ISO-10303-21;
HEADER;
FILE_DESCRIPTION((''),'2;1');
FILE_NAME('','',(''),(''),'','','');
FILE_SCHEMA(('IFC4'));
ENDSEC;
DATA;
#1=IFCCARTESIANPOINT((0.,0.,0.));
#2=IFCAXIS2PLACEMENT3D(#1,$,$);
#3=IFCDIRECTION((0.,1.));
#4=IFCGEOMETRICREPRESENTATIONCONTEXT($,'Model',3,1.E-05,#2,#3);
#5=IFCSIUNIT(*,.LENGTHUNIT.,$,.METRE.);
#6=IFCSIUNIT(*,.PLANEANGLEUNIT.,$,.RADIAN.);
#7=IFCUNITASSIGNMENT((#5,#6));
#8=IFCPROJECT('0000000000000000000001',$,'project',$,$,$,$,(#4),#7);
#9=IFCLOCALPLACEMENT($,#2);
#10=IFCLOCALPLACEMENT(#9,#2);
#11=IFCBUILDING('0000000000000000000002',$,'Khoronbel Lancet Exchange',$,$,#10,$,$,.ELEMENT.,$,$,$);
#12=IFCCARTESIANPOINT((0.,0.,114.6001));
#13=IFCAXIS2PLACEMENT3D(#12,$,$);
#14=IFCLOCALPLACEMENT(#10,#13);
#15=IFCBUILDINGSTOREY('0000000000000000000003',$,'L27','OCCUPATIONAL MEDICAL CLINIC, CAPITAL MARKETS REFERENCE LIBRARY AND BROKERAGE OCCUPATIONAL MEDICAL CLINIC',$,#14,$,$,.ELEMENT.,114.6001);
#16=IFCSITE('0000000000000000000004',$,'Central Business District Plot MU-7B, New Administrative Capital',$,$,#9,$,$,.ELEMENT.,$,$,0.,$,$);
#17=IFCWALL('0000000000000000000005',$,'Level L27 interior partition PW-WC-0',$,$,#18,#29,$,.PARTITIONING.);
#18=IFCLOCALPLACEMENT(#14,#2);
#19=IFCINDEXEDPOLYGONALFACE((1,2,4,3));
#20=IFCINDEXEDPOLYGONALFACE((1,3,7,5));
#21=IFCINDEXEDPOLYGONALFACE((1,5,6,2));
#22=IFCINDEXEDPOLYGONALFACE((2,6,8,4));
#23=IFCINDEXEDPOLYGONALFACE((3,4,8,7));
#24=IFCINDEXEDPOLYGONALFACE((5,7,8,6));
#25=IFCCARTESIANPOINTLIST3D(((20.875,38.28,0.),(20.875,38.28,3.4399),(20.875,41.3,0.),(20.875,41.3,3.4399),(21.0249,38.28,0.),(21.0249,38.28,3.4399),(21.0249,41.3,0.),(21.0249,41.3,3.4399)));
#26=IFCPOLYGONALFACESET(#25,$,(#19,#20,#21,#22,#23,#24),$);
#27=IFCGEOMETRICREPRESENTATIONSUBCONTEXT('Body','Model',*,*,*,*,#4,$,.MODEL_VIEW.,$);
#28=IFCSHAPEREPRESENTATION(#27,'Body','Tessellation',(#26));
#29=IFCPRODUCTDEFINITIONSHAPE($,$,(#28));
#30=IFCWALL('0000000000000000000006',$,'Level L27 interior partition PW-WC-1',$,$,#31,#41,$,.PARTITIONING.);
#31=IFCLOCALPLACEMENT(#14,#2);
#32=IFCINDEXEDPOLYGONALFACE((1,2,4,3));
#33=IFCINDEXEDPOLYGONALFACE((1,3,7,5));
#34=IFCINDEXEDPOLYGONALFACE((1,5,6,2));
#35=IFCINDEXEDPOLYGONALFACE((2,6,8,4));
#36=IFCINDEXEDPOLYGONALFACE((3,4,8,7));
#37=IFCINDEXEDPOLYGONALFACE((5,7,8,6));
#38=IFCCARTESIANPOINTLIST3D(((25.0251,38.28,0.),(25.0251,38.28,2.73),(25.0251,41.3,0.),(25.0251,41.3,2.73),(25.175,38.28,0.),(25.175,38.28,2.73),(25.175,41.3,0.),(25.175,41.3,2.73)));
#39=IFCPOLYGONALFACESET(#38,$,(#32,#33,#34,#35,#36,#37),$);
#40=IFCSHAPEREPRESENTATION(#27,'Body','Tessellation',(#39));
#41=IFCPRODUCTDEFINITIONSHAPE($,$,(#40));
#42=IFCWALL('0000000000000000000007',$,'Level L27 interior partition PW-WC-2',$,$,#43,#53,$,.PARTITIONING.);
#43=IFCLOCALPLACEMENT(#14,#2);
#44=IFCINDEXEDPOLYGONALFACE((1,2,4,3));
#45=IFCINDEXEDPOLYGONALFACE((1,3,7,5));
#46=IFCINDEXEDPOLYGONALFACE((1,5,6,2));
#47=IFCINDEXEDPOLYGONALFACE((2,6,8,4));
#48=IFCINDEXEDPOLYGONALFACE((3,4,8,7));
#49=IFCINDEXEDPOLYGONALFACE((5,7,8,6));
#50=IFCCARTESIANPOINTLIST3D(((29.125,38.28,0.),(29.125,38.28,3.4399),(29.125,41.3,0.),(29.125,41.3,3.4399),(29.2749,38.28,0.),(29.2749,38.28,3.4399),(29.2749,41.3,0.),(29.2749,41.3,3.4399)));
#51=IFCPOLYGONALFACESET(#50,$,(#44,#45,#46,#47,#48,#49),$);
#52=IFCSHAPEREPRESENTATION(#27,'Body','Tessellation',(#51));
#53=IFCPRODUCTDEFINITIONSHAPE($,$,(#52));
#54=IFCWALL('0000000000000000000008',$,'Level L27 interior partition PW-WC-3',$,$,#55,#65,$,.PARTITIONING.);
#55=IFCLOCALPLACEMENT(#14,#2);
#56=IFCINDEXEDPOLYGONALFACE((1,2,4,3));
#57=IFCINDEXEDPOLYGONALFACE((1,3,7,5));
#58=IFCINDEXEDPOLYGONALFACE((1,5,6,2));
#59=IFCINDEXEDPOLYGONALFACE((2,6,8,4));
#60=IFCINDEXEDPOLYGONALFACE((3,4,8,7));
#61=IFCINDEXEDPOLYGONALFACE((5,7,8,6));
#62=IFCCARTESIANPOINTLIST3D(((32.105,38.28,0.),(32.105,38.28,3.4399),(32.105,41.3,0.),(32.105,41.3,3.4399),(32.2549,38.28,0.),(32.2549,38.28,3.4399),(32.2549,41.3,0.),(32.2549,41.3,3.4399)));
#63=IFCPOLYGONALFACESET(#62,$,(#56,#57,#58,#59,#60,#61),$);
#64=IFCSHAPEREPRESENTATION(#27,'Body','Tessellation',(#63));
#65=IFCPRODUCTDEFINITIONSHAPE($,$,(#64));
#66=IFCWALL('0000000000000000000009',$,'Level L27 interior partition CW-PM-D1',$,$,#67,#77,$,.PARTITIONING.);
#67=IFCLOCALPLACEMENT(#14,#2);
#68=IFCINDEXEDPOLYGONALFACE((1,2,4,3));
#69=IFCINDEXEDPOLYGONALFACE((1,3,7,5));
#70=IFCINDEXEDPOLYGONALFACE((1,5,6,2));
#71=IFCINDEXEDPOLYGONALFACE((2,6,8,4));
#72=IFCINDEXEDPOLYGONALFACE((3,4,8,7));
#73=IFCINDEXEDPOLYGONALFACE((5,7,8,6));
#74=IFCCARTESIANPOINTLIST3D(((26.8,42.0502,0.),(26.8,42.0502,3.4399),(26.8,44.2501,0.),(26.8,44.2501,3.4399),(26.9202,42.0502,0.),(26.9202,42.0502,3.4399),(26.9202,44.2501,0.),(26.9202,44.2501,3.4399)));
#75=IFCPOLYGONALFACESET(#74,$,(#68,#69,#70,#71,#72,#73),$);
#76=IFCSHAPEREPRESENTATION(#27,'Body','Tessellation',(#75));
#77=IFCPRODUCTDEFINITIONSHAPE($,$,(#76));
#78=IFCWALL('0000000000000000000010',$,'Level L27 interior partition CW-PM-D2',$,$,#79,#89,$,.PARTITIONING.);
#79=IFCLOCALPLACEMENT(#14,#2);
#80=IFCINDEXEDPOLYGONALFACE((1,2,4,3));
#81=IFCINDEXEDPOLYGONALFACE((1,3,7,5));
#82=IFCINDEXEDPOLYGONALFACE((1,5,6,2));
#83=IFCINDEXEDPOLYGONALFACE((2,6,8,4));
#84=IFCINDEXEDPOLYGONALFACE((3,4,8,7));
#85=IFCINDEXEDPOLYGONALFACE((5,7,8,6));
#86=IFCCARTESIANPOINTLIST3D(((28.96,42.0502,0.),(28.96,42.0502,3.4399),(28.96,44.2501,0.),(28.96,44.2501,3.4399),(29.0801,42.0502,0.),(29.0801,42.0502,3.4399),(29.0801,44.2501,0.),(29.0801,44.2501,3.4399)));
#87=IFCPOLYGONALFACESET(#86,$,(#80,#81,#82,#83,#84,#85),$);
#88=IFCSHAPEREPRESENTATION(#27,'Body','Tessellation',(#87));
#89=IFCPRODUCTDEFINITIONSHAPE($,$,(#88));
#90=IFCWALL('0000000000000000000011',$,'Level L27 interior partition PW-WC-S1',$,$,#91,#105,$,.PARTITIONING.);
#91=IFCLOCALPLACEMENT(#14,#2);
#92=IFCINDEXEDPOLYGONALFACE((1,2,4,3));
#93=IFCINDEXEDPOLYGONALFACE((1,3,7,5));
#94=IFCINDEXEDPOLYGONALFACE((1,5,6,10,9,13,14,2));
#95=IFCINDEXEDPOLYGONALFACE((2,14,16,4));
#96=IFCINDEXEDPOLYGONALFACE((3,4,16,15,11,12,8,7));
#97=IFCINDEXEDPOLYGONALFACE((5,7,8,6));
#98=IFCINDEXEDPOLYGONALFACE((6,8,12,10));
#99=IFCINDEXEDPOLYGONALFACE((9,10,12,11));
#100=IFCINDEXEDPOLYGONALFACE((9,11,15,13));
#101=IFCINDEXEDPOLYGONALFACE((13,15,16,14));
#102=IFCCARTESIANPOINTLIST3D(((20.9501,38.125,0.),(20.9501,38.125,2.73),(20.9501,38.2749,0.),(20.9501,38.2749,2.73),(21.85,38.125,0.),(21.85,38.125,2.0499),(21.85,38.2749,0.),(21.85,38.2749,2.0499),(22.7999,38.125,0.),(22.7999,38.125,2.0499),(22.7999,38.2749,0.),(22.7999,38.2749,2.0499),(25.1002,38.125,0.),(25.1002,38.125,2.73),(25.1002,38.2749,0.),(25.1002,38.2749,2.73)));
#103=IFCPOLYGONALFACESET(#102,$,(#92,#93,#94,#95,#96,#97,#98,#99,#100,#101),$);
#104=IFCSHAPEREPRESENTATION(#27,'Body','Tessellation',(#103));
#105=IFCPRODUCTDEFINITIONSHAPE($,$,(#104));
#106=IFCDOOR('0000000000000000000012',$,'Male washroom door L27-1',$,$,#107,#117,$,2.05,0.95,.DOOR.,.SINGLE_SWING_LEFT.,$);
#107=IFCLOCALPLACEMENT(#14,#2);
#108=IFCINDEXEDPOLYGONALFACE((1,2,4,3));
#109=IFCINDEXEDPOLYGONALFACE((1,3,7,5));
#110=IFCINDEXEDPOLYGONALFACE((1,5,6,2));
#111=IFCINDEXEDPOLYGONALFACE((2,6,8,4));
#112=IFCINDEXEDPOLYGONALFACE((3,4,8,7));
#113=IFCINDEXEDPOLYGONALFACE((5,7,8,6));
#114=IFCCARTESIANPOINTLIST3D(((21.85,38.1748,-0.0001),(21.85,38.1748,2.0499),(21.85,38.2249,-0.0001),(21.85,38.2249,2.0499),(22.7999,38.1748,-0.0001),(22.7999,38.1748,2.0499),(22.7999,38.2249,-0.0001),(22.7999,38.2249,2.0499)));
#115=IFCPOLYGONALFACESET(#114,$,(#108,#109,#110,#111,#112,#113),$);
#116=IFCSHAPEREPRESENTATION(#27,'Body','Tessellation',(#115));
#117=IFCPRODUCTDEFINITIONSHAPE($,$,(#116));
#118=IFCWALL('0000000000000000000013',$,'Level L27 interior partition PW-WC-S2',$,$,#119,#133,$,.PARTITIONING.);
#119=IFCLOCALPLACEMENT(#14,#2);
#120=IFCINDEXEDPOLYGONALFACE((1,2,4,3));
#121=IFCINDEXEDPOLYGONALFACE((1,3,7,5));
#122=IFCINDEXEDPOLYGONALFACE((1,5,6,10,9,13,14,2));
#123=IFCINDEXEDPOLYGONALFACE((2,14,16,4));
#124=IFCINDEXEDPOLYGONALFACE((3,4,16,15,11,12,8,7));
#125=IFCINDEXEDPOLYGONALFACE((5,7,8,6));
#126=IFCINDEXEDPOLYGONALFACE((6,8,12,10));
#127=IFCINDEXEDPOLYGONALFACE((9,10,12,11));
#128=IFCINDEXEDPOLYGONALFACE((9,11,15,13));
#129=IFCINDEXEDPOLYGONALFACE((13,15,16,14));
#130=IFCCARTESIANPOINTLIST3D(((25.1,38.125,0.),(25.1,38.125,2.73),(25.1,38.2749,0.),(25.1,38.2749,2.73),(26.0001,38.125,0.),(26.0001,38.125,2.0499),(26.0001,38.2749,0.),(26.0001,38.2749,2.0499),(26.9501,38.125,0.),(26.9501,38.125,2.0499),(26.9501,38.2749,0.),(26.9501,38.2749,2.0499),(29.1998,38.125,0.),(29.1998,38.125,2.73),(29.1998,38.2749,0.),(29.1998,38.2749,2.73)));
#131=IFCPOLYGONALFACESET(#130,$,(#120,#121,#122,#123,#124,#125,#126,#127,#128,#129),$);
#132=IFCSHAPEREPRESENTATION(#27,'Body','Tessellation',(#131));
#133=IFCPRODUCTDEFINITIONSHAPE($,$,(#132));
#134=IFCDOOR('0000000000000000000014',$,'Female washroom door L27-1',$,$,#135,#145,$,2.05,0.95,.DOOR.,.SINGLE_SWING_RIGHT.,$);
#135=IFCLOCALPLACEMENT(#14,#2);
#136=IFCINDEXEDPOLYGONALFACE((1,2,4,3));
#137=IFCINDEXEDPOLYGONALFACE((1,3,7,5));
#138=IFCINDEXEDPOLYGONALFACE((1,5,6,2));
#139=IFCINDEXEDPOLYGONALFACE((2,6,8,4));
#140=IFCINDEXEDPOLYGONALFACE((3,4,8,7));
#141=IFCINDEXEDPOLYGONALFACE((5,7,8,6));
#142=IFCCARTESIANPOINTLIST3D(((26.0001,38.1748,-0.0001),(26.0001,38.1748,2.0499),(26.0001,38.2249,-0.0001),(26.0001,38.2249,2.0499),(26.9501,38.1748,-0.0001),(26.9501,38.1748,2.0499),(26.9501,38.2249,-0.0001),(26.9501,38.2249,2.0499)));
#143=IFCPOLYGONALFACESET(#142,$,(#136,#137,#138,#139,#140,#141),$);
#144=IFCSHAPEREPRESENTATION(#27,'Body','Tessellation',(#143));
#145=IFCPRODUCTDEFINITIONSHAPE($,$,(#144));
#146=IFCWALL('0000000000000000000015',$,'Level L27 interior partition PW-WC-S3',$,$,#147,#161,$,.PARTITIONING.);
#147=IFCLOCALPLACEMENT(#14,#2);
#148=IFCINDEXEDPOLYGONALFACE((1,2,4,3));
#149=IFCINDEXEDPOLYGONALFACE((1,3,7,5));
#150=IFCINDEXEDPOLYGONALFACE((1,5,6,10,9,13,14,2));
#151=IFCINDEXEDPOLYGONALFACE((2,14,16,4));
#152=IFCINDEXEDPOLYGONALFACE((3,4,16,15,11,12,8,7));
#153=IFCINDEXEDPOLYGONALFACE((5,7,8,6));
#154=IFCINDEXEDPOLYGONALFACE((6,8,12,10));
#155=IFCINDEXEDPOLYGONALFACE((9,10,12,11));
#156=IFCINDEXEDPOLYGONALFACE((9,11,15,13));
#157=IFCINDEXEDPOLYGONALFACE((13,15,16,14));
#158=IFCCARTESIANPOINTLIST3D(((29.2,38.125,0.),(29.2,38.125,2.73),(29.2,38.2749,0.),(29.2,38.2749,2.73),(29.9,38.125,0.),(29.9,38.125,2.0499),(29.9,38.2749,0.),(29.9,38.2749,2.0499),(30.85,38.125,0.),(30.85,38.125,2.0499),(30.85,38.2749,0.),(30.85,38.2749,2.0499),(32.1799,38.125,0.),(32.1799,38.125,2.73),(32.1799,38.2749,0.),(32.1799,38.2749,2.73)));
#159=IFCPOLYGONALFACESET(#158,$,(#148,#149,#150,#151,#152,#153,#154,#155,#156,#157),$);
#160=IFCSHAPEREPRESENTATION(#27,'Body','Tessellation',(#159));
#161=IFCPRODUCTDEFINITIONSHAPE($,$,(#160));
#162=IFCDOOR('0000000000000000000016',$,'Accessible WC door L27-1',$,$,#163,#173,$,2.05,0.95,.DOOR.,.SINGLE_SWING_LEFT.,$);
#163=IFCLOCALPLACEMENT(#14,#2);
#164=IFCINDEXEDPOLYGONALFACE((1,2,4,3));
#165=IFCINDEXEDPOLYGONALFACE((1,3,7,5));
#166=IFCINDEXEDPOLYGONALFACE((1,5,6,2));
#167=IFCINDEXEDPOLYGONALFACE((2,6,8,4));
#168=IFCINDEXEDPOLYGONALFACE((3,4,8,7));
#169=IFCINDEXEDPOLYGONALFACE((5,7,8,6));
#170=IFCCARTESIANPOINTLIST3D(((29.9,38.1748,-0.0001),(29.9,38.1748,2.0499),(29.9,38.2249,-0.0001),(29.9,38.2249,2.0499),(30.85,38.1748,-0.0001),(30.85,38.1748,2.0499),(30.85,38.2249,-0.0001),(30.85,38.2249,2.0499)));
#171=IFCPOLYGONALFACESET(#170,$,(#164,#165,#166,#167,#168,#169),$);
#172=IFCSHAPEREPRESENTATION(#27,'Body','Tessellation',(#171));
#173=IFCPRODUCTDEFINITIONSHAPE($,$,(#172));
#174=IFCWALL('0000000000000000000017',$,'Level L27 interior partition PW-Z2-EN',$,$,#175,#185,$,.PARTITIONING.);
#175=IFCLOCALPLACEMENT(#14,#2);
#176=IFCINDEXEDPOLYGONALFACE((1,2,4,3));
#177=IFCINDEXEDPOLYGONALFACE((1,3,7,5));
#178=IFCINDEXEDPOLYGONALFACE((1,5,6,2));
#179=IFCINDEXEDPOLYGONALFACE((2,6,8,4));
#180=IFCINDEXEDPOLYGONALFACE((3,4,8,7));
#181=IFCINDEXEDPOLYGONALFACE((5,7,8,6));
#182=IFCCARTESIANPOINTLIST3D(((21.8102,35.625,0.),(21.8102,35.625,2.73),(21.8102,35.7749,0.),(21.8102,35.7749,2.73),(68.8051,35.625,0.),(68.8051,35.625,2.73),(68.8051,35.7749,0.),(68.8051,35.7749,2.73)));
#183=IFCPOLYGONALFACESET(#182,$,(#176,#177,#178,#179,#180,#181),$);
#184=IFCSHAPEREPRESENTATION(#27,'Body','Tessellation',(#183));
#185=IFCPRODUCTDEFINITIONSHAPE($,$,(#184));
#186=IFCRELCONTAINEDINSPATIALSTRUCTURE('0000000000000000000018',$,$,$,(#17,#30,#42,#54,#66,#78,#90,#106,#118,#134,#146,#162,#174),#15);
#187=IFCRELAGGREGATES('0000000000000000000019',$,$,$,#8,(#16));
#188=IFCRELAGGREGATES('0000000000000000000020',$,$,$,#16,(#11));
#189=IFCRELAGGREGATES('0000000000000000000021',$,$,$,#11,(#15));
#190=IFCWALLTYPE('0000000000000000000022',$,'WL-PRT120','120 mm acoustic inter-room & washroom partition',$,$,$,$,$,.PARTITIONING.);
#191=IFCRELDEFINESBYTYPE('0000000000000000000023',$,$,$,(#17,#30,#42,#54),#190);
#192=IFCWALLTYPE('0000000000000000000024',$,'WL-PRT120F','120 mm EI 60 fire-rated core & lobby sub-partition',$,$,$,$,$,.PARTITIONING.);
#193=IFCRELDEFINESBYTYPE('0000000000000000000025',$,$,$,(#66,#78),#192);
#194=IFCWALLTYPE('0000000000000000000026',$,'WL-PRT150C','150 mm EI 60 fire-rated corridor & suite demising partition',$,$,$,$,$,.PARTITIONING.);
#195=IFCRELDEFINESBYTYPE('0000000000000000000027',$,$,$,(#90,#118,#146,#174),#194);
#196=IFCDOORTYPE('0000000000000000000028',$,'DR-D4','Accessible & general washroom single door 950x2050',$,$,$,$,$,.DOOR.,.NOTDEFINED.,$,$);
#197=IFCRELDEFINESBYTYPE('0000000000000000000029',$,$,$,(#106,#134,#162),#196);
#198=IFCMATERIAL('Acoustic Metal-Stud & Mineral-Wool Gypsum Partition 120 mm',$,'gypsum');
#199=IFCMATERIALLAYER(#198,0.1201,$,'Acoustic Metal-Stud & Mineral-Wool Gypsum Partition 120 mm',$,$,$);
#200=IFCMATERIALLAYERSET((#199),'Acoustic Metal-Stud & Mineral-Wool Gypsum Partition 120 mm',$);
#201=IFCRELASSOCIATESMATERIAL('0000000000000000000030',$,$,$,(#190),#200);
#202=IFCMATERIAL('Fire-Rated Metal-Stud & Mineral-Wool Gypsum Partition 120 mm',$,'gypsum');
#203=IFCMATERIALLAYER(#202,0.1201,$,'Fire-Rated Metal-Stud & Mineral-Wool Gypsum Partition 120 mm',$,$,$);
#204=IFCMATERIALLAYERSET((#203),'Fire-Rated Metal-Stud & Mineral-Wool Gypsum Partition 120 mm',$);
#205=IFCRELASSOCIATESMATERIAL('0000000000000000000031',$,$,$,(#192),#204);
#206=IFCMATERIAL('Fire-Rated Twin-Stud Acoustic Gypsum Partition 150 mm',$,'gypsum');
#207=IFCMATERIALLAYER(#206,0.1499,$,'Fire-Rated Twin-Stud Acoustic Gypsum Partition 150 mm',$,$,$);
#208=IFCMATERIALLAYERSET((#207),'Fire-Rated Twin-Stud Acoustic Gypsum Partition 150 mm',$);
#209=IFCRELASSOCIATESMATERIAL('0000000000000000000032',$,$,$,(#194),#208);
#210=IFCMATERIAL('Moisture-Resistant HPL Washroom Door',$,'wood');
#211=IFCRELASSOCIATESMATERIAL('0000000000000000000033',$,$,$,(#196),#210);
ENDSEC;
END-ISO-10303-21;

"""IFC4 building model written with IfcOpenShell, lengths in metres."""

from ifc_helpers import new_model, si_unit, direction, frame, frame_2d, origin, place, context, subcontext, project, spatial, rectangle, extrude, material, layer, layer_set, type_object, element, fill, save


model = new_model("IFC4")

# Units and contexts
model_context = context("Model", 3, precision=1e-05, world=origin(), true_north=direction((0.0, 1.0)))
body_context = subcontext(model_context, "Body", "Model", "MODEL_VIEW")
ifc_project = project(units=[si_unit("LENGTHUNIT", "METRE"), si_unit("PLANEANGLEUNIT", "RADIAN")], contexts=[model_context])

# Site, building, storey
site_placement = place(None, origin())
site = spatial("IfcSite", under=ifc_project, at=site_placement, Name="Central Business District Plot MU-7B, New Administrative Capital", CompositionType="ELEMENT", RefElevation=0.0)
building_placement = place(site_placement, origin())
building = spatial("IfcBuilding", under=site, at=building_placement, Name="Khoronbel Lancet Exchange", CompositionType="ELEMENT")
storey_placement = place(building_placement, frame((0.0, 0.0, 114.6001)))
storey = spatial("IfcBuildingStorey", under=building, at=storey_placement, Name="L27", Description="OCCUPATIONAL MEDICAL CLINIC, CAPITAL MARKETS REFERENCE LIBRARY AND BROKERAGE OCCUPATIONAL MEDICAL CLINIC", CompositionType="ELEMENT", Elevation=114.6001)

# Walls
ifc_material_1 = material(Name="Acoustic Metal-Stud & Mineral-Wool Gypsum Partition 120 mm", Category="gypsum")
ifc_layer_1 = layer(ifc_material_1, 0.1201, Name="Acoustic Metal-Stud & Mineral-Wool Gypsum Partition 120 mm")
ifc_layer_set_1 = layer_set([ifc_layer_1], Name="Acoustic Metal-Stud & Mineral-Wool Gypsum Partition 120 mm")
wall_type_1 = type_object("IfcWallType", Name="WL-PRT120", Description="120 mm acoustic inter-room & washroom partition", PredefinedType="PARTITIONING", material=ifc_layer_set_1)
wall_1_placement = place(storey_placement, frame((20.95, 38.28, 0.0), z_axis=(0.0, 0.0, 1.0), x_axis=(0.0, 1.0, 0.0)))
element("IfcWall", 1, at=wall_1_placement, inside=storey, type_object=wall_type_1, Name="Level L27 interior partition PW-WC-0", PredefinedType="PARTITIONING", context=body_context, shape_type="SweptSolid", body=[
    extrude(rectangle(XDim=3.02, YDim=0.1499, at=frame_2d((1.51, 0.0))), origin(), (0.0, 0.0, 1.0), 3.4399),
])
wall_2_placement = place(storey_placement, frame((25.1001, 38.28, 0.0), z_axis=(0.0, 0.0, 1.0), x_axis=(0.0, 1.0, 0.0)))
element("IfcWall", 2, at=wall_2_placement, inside=storey, type_object=wall_type_1, Name="Level L27 interior partition PW-WC-1", PredefinedType="PARTITIONING", context=body_context, shape_type="SweptSolid", body=[
    extrude(rectangle(XDim=3.02, YDim=0.1499, at=frame_2d((1.51, 0.0))), origin(), (0.0, 0.0, 1.0), 2.73),
])
for number, where, z_axis, x_axis, name in (
    (3, (29.2, 38.28, 0.0), (0.0, 0.0, 1.0), (0.0, 1.0, 0.0), "Level L27 interior partition PW-WC-2"),
    (4, (32.1799, 38.28, 0.0), (0.0, 0.0, 1.0), (0.0, 1.0, 0.0), "Level L27 interior partition PW-WC-3"),
):
    element("IfcWall", number, at=place(storey_placement, frame(where, z_axis=z_axis, x_axis=x_axis)), inside=storey, type_object=wall_type_1, Name=name, PredefinedType="PARTITIONING", context=body_context, shape_type="SweptSolid", body=[
        extrude(rectangle(XDim=3.02, YDim=0.1499, at=frame_2d((1.51, 0.0))), origin(), (0.0, 0.0, 1.0), 3.4399),
    ])
ifc_material_2 = material(Name="Fire-Rated Metal-Stud & Mineral-Wool Gypsum Partition 120 mm", Category="gypsum")
ifc_layer_2 = layer(ifc_material_2, 0.1201, Name="Fire-Rated Metal-Stud & Mineral-Wool Gypsum Partition 120 mm")
ifc_layer_set_2 = layer_set([ifc_layer_2], Name="Fire-Rated Metal-Stud & Mineral-Wool Gypsum Partition 120 mm")
wall_type_2 = type_object("IfcWallType", Name="WL-PRT120F", Description="120 mm EI 60 fire-rated core & lobby sub-partition", PredefinedType="PARTITIONING", material=ifc_layer_set_2)
for number, where, z_axis, x_axis, name in (
    (5, (26.8601, 42.05, 0.0), (0.0, 0.0, 1.0), (0.0, 1.0, 0.0), "Level L27 interior partition CW-PM-D1"),
    (6, (29.02, 42.05, 0.0), (0.0, 0.0, 1.0), (0.0, 1.0, 0.0), "Level L27 interior partition CW-PM-D2"),
):
    element("IfcWall", number, at=place(storey_placement, frame(where, z_axis=z_axis, x_axis=x_axis)), inside=storey, type_object=wall_type_2, Name=name, PredefinedType="PARTITIONING", context=body_context, shape_type="SweptSolid", body=[
        extrude(rectangle(XDim=2.2, YDim=0.1201, at=frame_2d((1.1001, 0.0))), origin(), (0.0, 0.0, 1.0), 3.4399),
    ])

# Walls, openings, doors
ifc_material_3 = material(Name="Fire-Rated Twin-Stud Acoustic Gypsum Partition 150 mm", Category="gypsum")
ifc_layer_3 = layer(ifc_material_3, 0.1499, Name="Fire-Rated Twin-Stud Acoustic Gypsum Partition 150 mm")
ifc_layer_set_3 = layer_set([ifc_layer_3], Name="Fire-Rated Twin-Stud Acoustic Gypsum Partition 150 mm")
wall_type_3 = type_object("IfcWallType", Name="WL-PRT150C", Description="150 mm EI 60 fire-rated corridor & suite demising partition", PredefinedType="PARTITIONING", material=ifc_layer_set_3)
wall_3_placement = place(storey_placement, frame((20.95, 38.2, 0.0), z_axis=(0.0, 0.0, 1.0), x_axis=(1.0, 0.0, 0.0)))
wall_3 = element("IfcWall", 7, at=wall_3_placement, inside=storey, type_object=wall_type_3, Name="Level L27 interior partition PW-WC-S1", PredefinedType="PARTITIONING", context=body_context, shape_type="SweptSolid", body=[
    extrude(rectangle(XDim=4.1501, YDim=0.1499, at=frame_2d((2.0752, 0.0))), origin(), (0.0, 0.0, 1.0), 2.73),
])
opening_1_placement = place(wall_3_placement, frame((0.8999, 0.0, 0.0)))
opening_1 = element("IfcOpeningElement", 8, at=opening_1_placement, cuts=wall_3, PredefinedType="OPENING", context=body_context, shape_type="SweptSolid", body=[
    extrude(rectangle(XDim=0.95, YDim=2.05, at=frame_2d((0.4751, 1.0249))), frame((0.0, 0.085, 0.0), z_axis=(0.0, -1.0, 0.0), x_axis=(1.0, 0.0, 0.0)), (0.0, 0.0, 1.0), 0.1699),
])
ifc_material_4 = material(Name="Moisture-Resistant HPL Washroom Door", Category="wood")
door_type_1 = type_object("IfcDoorType", Name="DR-D4", Description="Accessible & general washroom single door 950x2050", OperationType="NOTDEFINED", PredefinedType="DOOR", material=ifc_material_4)
door_1_placement = place(opening_1_placement, origin())
door_1 = element("IfcDoor", 9, at=door_1_placement, inside=storey, type_object=door_type_1, Name="Male washroom door L27-1", OperationType="SINGLE_SWING_LEFT", OverallHeight=2.05, OverallWidth=0.95, PredefinedType="DOOR", context=body_context, shape_type="SweptSolid", body=[
    extrude(rectangle(XDim=0.95, YDim=2.05, at=frame_2d((0.4751, 1.0249))), frame((0.0, 0.0249, 0.0), z_axis=(0.0, -1.0, 0.0), x_axis=(1.0, 0.0, 0.0)), (0.0, 0.0, 1.0), 0.05),
])
fill(opening_1, door_1)
wall_4_placement = place(storey_placement, frame((25.1001, 38.2, 0.0), z_axis=(0.0, 0.0, 1.0), x_axis=(1.0, 0.0, 0.0)))
wall_4 = element("IfcWall", 10, at=wall_4_placement, inside=storey, type_object=wall_type_3, Name="Level L27 interior partition PW-WC-S2", PredefinedType="PARTITIONING", context=body_context, shape_type="SweptSolid", body=[
    extrude(rectangle(XDim=4.0999, YDim=0.1499, at=frame_2d((2.0498, 0.0))), origin(), (0.0, 0.0, 1.0), 2.73),
])
opening_2_placement = place(wall_4_placement, frame((0.8999, 0.0, 0.0)))
opening_2 = element("IfcOpeningElement", 11, at=opening_2_placement, cuts=wall_4, PredefinedType="OPENING", context=body_context, shape_type="SweptSolid", body=[
    extrude(rectangle(XDim=0.95, YDim=2.05, at=frame_2d((0.4751, 1.0249))), frame((0.0, 0.085, 0.0), z_axis=(0.0, -1.0, 0.0), x_axis=(1.0, 0.0, 0.0)), (0.0, 0.0, 1.0), 0.1699),
])
door_2_placement = place(opening_2_placement, origin())
door_2 = element("IfcDoor", 12, at=door_2_placement, inside=storey, type_object=door_type_1, Name="Female washroom door L27-1", OperationType="SINGLE_SWING_RIGHT", OverallHeight=2.05, OverallWidth=0.95, PredefinedType="DOOR", context=body_context, shape_type="SweptSolid", body=[
    extrude(rectangle(XDim=0.95, YDim=2.05, at=frame_2d((0.4751, 1.0249))), frame((0.0, 0.0249, 0.0), z_axis=(0.0, -1.0, 0.0), x_axis=(1.0, 0.0, 0.0)), (0.0, 0.0, 1.0), 0.05),
])
fill(opening_2, door_2)
wall_5_placement = place(storey_placement, frame((29.2, 38.2, 0.0), z_axis=(0.0, 0.0, 1.0), x_axis=(1.0, 0.0, 0.0)))
wall_5 = element("IfcWall", 13, at=wall_5_placement, inside=storey, type_object=wall_type_3, Name="Level L27 interior partition PW-WC-S3", PredefinedType="PARTITIONING", context=body_context, shape_type="SweptSolid", body=[
    extrude(rectangle(XDim=2.98, YDim=0.1499, at=frame_2d((1.49, 0.0))), origin(), (0.0, 0.0, 1.0), 2.73),
])
opening_3_placement = place(wall_5_placement, frame((0.7, 0.0, 0.0)))
opening_3 = element("IfcOpeningElement", 14, at=opening_3_placement, cuts=wall_5, PredefinedType="OPENING", context=body_context, shape_type="SweptSolid", body=[
    extrude(rectangle(XDim=0.95, YDim=2.05, at=frame_2d((0.4751, 1.0249))), frame((0.0, 0.085, 0.0), z_axis=(0.0, -1.0, 0.0), x_axis=(1.0, 0.0, 0.0)), (0.0, 0.0, 1.0), 0.1699),
])
door_3_placement = place(opening_3_placement, origin())
door_3 = element("IfcDoor", 15, at=door_3_placement, inside=storey, type_object=door_type_1, Name="Accessible WC door L27-1", OperationType="SINGLE_SWING_LEFT", OverallHeight=2.05, OverallWidth=0.95, PredefinedType="DOOR", context=body_context, shape_type="SweptSolid", body=[
    extrude(rectangle(XDim=0.95, YDim=2.05, at=frame_2d((0.4751, 1.0249))), frame((0.0, 0.0249, 0.0), z_axis=(0.0, -1.0, 0.0), x_axis=(1.0, 0.0, 0.0)), (0.0, 0.0, 1.0), 0.05),
])
fill(opening_3, door_3)

# Wall
wall_6_placement = place(storey_placement, frame((21.8101, 35.7, 0.0), z_axis=(0.0, 0.0, 1.0), x_axis=(1.0, 0.0, 0.0)))
element("IfcWall", 16, at=wall_6_placement, inside=storey, type_object=wall_type_3, Name="Level L27 interior partition PW-Z2-EN", PredefinedType="PARTITIONING", context=body_context, shape_type="SweptSolid", body=[
    extrude(rectangle(XDim=46.9949, YDim=0.1499, at=frame_2d((23.4976, 0.0))), origin(), (0.0, 0.0, 1.0), 2.73),
])

save(model, "model.ifc")
